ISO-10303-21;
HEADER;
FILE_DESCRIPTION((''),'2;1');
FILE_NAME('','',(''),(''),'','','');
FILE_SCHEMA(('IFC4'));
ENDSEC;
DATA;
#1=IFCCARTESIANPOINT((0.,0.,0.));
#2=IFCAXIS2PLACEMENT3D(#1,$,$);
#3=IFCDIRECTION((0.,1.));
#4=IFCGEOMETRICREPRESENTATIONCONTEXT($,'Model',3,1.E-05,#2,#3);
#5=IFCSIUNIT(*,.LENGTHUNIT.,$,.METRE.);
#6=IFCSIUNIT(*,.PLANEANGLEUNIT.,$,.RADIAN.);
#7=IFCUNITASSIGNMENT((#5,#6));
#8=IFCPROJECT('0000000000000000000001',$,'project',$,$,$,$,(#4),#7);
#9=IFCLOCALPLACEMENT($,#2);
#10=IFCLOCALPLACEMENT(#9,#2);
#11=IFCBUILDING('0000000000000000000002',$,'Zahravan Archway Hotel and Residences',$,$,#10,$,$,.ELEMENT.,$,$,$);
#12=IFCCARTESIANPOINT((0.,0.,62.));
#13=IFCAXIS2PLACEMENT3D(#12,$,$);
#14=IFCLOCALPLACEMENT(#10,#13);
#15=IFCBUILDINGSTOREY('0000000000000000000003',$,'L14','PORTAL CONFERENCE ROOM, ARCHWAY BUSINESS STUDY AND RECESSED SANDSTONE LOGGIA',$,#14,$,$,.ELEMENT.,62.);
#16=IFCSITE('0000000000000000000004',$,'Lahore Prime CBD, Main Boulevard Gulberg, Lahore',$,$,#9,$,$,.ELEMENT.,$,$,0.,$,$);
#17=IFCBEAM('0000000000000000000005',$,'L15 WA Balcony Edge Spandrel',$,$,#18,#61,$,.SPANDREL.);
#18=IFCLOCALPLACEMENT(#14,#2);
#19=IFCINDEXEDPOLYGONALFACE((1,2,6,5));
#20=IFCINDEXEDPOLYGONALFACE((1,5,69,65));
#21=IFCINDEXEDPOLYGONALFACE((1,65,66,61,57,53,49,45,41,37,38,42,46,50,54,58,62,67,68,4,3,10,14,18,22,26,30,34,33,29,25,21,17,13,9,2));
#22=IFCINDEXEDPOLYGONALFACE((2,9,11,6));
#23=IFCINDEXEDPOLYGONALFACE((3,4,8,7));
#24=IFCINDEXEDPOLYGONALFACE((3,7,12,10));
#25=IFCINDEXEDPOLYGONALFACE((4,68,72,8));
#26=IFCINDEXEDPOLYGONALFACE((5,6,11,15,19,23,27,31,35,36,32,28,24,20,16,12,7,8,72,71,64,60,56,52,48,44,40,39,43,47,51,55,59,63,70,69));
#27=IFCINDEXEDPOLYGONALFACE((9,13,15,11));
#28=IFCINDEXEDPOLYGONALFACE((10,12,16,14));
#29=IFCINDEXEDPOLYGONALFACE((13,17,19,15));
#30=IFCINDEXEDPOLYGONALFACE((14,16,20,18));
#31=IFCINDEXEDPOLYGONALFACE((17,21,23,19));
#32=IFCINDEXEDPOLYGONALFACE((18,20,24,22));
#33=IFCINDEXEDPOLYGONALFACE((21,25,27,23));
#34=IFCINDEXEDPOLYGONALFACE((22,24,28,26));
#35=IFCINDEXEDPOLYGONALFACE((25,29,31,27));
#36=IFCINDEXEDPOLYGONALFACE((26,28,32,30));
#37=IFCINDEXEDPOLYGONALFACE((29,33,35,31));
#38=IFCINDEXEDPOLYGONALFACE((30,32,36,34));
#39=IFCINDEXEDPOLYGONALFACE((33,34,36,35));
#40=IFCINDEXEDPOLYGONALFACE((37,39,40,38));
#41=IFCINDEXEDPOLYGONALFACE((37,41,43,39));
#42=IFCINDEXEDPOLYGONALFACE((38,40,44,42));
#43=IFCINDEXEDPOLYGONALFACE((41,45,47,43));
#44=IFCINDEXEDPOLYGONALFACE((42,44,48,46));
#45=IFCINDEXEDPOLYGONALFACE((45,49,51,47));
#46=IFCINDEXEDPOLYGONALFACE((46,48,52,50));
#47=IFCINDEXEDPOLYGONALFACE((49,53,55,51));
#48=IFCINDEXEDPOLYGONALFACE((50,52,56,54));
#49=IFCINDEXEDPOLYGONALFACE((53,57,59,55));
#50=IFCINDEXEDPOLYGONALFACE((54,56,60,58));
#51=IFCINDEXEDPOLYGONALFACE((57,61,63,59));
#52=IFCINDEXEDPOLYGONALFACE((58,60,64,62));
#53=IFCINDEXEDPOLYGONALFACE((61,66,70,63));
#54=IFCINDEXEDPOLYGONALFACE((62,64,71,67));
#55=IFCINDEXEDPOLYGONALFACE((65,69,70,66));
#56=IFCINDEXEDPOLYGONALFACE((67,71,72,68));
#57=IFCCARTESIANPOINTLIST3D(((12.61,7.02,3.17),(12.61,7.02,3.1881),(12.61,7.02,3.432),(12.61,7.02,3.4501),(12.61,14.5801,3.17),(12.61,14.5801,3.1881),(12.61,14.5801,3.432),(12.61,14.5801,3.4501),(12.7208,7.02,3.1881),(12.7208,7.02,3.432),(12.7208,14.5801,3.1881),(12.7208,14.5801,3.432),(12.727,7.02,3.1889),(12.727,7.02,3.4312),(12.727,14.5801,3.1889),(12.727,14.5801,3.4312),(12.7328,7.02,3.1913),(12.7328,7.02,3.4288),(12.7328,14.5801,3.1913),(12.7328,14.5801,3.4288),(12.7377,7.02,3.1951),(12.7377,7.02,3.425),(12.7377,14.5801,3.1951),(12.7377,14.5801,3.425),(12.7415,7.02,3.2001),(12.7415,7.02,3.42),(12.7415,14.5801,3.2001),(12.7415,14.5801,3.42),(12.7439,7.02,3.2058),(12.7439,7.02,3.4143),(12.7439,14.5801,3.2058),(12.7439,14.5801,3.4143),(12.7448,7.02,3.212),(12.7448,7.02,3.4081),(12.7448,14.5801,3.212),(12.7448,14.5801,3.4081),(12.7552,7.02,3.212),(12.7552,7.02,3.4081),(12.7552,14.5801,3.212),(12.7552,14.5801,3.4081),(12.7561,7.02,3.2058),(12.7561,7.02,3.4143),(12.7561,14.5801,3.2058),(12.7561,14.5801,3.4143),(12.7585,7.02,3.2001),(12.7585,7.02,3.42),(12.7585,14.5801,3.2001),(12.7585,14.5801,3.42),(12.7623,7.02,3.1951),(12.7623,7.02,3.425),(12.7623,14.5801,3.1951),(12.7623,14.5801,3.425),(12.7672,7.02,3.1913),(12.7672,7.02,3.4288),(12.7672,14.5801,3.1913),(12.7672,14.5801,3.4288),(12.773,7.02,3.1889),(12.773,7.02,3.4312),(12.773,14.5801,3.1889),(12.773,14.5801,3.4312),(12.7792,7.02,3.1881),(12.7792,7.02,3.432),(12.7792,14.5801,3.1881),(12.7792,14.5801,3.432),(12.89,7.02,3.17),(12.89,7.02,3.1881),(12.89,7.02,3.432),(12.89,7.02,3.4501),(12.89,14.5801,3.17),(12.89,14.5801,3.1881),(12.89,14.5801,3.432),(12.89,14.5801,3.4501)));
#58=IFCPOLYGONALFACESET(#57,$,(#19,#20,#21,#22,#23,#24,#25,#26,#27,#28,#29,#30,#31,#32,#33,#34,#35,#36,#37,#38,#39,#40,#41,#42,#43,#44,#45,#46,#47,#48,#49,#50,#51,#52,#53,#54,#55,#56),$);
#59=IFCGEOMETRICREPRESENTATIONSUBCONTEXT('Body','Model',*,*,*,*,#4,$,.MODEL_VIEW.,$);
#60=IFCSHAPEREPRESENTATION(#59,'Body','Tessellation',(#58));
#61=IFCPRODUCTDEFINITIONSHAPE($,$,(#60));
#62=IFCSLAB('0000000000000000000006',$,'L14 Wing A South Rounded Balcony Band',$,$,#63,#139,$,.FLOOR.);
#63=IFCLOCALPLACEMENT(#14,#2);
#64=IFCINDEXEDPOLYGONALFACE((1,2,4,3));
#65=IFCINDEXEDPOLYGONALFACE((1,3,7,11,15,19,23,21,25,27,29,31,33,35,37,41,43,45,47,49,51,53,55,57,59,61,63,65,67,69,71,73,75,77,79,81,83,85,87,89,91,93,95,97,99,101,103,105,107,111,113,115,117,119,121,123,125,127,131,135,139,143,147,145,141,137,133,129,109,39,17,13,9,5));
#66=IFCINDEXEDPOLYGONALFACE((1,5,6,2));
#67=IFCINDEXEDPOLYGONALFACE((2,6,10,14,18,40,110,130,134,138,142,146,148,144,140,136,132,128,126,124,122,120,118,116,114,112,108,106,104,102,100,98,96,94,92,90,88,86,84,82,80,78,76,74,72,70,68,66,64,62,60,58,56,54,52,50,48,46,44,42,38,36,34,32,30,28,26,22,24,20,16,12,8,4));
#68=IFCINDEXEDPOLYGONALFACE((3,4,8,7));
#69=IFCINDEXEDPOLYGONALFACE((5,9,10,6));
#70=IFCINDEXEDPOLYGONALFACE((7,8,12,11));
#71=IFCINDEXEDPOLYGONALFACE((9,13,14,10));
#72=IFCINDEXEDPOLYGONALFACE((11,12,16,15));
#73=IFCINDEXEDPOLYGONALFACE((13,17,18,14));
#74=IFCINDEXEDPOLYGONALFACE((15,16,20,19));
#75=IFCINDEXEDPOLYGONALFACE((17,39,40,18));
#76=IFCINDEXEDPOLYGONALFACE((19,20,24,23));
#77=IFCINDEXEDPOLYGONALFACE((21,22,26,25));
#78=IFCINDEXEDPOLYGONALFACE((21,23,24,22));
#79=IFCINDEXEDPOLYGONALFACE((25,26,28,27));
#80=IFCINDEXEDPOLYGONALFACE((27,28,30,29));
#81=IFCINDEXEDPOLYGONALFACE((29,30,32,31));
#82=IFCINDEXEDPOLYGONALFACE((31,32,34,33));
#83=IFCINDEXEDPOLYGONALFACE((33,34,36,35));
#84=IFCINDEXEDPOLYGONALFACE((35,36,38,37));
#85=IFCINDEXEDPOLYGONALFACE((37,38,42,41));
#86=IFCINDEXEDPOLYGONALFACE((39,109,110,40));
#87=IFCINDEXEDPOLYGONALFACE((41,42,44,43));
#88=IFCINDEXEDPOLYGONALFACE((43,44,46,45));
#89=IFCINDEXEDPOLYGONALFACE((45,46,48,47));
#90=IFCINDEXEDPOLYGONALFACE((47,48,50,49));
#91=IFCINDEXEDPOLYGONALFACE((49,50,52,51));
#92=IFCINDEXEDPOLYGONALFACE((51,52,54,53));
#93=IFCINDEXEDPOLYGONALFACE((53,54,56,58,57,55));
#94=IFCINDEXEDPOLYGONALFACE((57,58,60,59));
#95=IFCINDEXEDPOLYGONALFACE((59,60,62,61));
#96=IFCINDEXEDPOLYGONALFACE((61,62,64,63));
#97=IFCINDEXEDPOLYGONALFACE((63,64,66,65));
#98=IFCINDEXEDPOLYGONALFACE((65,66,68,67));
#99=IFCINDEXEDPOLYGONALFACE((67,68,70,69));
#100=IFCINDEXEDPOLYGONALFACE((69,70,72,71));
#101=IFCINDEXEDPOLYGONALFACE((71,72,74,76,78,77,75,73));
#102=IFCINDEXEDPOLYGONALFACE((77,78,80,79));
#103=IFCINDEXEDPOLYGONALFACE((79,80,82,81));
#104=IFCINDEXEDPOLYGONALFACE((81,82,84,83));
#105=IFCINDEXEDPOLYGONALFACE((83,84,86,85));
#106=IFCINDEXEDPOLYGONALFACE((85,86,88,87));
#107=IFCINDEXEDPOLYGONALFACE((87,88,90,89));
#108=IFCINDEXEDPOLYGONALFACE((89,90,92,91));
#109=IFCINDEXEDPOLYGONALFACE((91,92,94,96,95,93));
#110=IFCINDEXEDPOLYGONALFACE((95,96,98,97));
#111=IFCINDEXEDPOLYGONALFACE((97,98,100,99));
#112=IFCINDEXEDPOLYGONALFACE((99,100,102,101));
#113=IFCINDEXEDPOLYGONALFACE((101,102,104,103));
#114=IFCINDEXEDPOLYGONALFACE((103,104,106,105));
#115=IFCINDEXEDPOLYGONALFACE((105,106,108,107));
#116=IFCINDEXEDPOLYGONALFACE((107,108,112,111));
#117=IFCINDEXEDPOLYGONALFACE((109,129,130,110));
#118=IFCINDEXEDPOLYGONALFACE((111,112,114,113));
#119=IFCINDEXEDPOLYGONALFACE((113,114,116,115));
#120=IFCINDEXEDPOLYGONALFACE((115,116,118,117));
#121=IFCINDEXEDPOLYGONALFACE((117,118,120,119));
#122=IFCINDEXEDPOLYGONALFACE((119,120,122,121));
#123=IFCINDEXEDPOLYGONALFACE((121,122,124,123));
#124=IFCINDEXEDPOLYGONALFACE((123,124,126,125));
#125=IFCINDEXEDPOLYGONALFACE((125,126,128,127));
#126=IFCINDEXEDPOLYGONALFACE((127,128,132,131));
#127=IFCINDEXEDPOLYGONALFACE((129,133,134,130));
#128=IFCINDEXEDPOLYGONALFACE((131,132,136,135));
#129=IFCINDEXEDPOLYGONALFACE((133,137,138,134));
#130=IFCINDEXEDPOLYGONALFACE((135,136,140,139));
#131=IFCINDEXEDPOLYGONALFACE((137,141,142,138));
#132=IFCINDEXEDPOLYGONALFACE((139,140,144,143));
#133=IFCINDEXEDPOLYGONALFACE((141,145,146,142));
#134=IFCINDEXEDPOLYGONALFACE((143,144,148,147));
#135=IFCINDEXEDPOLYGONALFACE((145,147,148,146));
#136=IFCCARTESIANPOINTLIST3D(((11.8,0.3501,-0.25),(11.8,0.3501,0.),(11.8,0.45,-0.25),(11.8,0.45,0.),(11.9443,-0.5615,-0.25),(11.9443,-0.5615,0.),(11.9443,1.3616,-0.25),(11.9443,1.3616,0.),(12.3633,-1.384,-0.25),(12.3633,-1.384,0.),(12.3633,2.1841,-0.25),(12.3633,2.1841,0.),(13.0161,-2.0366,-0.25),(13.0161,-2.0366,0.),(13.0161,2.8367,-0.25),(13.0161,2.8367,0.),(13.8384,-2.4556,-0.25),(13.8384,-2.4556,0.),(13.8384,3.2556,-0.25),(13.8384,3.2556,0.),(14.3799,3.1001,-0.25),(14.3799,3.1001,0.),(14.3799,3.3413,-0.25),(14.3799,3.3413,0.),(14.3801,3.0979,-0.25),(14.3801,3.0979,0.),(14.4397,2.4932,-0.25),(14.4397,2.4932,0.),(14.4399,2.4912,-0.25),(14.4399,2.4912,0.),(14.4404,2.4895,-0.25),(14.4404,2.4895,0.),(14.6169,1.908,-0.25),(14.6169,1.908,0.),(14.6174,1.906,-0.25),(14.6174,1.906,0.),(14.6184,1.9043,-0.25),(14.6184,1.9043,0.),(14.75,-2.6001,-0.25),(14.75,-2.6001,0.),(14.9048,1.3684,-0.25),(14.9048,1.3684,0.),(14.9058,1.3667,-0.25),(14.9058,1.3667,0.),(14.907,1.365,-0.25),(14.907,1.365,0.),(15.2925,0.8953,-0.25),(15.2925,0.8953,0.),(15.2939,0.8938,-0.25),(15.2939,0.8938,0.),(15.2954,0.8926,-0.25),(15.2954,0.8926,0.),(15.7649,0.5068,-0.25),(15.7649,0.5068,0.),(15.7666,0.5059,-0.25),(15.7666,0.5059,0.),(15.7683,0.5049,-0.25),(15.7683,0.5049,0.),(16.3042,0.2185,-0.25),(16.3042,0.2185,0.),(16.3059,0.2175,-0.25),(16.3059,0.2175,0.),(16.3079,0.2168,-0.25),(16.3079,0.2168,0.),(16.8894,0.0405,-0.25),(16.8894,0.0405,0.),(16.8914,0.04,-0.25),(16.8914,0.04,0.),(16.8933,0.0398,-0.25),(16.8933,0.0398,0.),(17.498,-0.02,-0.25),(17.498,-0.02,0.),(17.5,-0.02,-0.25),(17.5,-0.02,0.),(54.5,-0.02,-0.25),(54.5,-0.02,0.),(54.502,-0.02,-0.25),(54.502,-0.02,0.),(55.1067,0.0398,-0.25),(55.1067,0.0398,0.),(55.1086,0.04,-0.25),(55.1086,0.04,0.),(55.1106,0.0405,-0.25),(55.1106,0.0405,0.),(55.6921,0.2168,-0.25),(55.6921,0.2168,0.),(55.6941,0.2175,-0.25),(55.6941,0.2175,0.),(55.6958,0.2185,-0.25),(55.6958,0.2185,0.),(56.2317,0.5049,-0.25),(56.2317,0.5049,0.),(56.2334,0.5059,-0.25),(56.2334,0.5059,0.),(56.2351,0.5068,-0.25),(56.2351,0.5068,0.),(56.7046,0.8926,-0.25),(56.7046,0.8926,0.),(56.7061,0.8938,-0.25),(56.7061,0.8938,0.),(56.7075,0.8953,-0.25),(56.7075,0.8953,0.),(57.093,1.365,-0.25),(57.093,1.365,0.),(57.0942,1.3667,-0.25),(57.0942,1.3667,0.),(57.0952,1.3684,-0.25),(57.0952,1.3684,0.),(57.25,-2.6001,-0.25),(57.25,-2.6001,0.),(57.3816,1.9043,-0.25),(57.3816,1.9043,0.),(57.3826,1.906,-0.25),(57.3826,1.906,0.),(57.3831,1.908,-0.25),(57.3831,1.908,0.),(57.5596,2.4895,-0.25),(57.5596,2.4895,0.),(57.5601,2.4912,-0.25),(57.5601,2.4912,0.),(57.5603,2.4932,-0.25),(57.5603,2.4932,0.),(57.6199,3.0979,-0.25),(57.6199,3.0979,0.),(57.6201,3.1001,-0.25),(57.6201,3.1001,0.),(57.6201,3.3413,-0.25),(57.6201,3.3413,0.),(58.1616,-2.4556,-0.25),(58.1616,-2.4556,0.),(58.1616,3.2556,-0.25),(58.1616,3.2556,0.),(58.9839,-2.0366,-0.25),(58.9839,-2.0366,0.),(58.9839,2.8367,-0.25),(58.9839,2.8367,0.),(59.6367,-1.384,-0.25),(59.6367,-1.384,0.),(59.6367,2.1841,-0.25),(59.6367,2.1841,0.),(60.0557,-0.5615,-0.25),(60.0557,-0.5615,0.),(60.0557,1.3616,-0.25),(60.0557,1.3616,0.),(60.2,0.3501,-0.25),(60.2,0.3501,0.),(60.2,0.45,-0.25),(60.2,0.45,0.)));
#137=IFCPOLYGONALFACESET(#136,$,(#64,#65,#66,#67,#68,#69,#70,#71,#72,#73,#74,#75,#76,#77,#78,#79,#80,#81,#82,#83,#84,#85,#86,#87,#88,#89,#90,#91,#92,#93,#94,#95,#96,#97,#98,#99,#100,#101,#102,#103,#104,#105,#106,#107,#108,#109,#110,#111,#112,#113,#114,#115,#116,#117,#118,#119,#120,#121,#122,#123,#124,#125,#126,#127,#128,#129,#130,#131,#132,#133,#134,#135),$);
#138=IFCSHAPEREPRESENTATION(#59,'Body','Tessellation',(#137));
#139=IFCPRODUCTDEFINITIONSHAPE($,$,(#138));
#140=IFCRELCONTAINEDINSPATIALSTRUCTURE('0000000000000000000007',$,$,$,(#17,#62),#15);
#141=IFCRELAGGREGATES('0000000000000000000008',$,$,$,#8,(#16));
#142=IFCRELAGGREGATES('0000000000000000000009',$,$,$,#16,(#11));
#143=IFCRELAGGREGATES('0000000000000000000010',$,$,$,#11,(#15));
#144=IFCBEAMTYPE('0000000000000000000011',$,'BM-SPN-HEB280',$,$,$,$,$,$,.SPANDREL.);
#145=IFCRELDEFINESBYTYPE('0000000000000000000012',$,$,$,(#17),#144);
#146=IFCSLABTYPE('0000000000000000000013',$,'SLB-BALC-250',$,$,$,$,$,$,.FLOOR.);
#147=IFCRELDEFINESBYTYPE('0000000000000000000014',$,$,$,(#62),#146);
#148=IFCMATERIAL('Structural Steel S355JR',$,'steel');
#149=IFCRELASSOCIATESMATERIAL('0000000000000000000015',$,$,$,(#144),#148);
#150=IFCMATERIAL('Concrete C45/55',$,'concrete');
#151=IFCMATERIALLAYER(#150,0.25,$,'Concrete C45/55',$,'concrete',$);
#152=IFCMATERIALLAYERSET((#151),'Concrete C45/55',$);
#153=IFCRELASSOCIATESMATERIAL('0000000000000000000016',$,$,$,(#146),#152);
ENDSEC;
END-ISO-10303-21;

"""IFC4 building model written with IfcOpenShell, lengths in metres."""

from ifc_helpers import new_model, si_unit, direction, frame, origin, origin_2d, place, context, subcontext, project, spatial, polyline, i_section, outline, extrude, source, transform, mapped, material, layer, layer_set, material_profile, profile_set, type_object, type_shapes, element, save


model = new_model("IFC4")

# Units and contexts
model_context = context("Model", 3, precision=1e-05, world=origin(), true_north=direction((0.0, 1.0)))
body_context = subcontext(model_context, "Body", "Model", "MODEL_VIEW")
ifc_project = project(units=[si_unit("LENGTHUNIT", "METRE"), si_unit("PLANEANGLEUNIT", "RADIAN")], contexts=[model_context])

# Site, building, storey
site_placement = place(None, origin())
site = spatial("IfcSite", under=ifc_project, at=site_placement, Name="Lahore Prime CBD, Main Boulevard Gulberg, Lahore", CompositionType="ELEMENT", RefElevation=0.0)
building_placement = place(site_placement, origin())
building = spatial("IfcBuilding", under=site, at=building_placement, Name="Zahravan Archway Hotel and Residences", CompositionType="ELEMENT")
storey_placement = place(building_placement, frame((0.0, 0.0, 62.0)))
storey = spatial("IfcBuildingStorey", under=building, at=storey_placement, Name="L14", Description="PORTAL CONFERENCE ROOM, ARCHWAY BUSINESS STUDY AND RECESSED SANDSTONE LOGGIA", CompositionType="ELEMENT", Elevation=62.0)

# Beam
ifc_material_1 = material(Name="Structural Steel S355JR", Category="steel")
ifc_material_profile = material_profile(ifc_material_1, i_section(OverallWidth=0.28, OverallDepth=0.28, WebThickness=0.0105, FlangeThickness=0.0181, FilletRadius=0.0239, at=origin_2d()), Name="HEB 280", Category="steel")
ifc_profile_set = profile_set([ifc_material_profile], Name="Structural Steel S355JR")
beam_type = type_object("IfcBeamType", Name="BM-SPN-HEB280", PredefinedType="SPANDREL", material=ifc_profile_set)
shared_shape = source(origin(), body_context, "Body", "SweptSolid", [
    extrude(i_section(OverallWidth=0.28, OverallDepth=0.28, WebThickness=0.0105, FlangeThickness=0.0181, FilletRadius=0.0239, at=origin_2d()), origin(), (0.0, 0.0, 1.0), 7.5601),
])
type_shapes(beam_type, [shared_shape])
beam_placement = place(storey_placement, frame((12.75, 7.02, 3.3101), z_axis=(0.0, 1.0, 0.0), x_axis=(-1.0, 0.0, 0.0)))
element("IfcBeam", 1, at=beam_placement, inside=storey, type_object=beam_type, Name="L15 WA Balcony Edge Spandrel", PredefinedType="SPANDREL", context=body_context, shape_type="MappedRepresentation", body=[
    mapped(shared_shape, transform((0.0, 0.0, 0.0), scale=1.0)),
])

# Slab
ifc_material_2 = material(Name="Concrete C45/55", Category="concrete")
ifc_layer_1 = layer(ifc_material_2, 0.25, Name="Concrete C45/55", Category="concrete")
ifc_layer_set_1 = layer_set([ifc_layer_1], Name="Concrete C45/55")
slab_type_1 = type_object("IfcSlabType", Name="SLB-BALC-250", PredefinedType="FLOOR", material=ifc_layer_set_1)
slab_1_placement = place(storey_placement, frame((0.0, 0.0, -0.25)))
element("IfcSlab", 2, at=slab_1_placement, inside=storey, type_object=slab_type_1, Name="L14 Wing A South Rounded Balcony Band", PredefinedType="FLOOR", context=body_context, shape_type="SweptSolid", body=[
    extrude(outline(polyline([(58.1616, 3.2556), (58.9839, 2.8367), (59.6367, 2.1841), (60.0557, 1.3616), (60.2, 0.45), (60.2, 0.3501), (60.0557, -0.5615), (59.6367, -1.384), (58.9839, -2.0366), (58.1616, -2.4556), (57.25, -2.6001), (14.75, -2.6001), (13.8384, -2.4556), (13.0161, -2.0366), (12.3633, -1.384), (11.9443, -0.5615), (11.8, 0.3501), (11.8, 0.45), (11.9443, 1.3616), (12.3633, 2.1841), (13.0161, 2.8367), (13.8384, 3.2556), (14.3799, 3.3413), (14.3799, 3.1001), (14.3801, 3.0979), (14.4397, 2.4932), (14.4399, 2.4912), (14.4404, 2.4895), (14.6169, 1.908), (14.6174, 1.906), (14.6184, 1.9043), (14.9048, 1.3684), (14.9058, 1.3667), (14.907, 1.365), (15.2925, 0.8953), (15.2939, 0.8938), (15.2954, 0.8926), (15.7649, 0.5068), (15.7666, 0.5059), (15.7683, 0.5049), (16.3042, 0.2185), (16.3059, 0.2175), (16.3079, 0.2168), (16.8894, 0.0405), (16.8914, 0.04), (16.8933, 0.0398), (17.498, -0.02), (17.5, -0.02), (54.5, -0.02), (54.502, -0.02), (55.1067, 0.0398), (55.1086, 0.04), (55.1106, 0.0405), (55.6921, 0.2168), (55.6941, 0.2175), (55.6958, 0.2185), (56.2317, 0.5049), (56.2334, 0.5059), (56.2351, 0.5068), (56.7046, 0.8926), (56.7061, 0.8938), (56.7075, 0.8953), (57.093, 1.365), (57.0942, 1.3667), (57.0952, 1.3684), (57.3816, 1.9043), (57.3826, 1.906), (57.3831, 1.908), (57.5596, 2.4895), (57.5601, 2.4912), (57.5603, 2.4932), (57.6199, 3.0979), (57.6201, 3.1001), (57.6201, 3.3413), (58.1616, 3.2556)])), origin(), (0.0, 0.0, 1.0), 0.25),
])

save(model, "model.ifc")
